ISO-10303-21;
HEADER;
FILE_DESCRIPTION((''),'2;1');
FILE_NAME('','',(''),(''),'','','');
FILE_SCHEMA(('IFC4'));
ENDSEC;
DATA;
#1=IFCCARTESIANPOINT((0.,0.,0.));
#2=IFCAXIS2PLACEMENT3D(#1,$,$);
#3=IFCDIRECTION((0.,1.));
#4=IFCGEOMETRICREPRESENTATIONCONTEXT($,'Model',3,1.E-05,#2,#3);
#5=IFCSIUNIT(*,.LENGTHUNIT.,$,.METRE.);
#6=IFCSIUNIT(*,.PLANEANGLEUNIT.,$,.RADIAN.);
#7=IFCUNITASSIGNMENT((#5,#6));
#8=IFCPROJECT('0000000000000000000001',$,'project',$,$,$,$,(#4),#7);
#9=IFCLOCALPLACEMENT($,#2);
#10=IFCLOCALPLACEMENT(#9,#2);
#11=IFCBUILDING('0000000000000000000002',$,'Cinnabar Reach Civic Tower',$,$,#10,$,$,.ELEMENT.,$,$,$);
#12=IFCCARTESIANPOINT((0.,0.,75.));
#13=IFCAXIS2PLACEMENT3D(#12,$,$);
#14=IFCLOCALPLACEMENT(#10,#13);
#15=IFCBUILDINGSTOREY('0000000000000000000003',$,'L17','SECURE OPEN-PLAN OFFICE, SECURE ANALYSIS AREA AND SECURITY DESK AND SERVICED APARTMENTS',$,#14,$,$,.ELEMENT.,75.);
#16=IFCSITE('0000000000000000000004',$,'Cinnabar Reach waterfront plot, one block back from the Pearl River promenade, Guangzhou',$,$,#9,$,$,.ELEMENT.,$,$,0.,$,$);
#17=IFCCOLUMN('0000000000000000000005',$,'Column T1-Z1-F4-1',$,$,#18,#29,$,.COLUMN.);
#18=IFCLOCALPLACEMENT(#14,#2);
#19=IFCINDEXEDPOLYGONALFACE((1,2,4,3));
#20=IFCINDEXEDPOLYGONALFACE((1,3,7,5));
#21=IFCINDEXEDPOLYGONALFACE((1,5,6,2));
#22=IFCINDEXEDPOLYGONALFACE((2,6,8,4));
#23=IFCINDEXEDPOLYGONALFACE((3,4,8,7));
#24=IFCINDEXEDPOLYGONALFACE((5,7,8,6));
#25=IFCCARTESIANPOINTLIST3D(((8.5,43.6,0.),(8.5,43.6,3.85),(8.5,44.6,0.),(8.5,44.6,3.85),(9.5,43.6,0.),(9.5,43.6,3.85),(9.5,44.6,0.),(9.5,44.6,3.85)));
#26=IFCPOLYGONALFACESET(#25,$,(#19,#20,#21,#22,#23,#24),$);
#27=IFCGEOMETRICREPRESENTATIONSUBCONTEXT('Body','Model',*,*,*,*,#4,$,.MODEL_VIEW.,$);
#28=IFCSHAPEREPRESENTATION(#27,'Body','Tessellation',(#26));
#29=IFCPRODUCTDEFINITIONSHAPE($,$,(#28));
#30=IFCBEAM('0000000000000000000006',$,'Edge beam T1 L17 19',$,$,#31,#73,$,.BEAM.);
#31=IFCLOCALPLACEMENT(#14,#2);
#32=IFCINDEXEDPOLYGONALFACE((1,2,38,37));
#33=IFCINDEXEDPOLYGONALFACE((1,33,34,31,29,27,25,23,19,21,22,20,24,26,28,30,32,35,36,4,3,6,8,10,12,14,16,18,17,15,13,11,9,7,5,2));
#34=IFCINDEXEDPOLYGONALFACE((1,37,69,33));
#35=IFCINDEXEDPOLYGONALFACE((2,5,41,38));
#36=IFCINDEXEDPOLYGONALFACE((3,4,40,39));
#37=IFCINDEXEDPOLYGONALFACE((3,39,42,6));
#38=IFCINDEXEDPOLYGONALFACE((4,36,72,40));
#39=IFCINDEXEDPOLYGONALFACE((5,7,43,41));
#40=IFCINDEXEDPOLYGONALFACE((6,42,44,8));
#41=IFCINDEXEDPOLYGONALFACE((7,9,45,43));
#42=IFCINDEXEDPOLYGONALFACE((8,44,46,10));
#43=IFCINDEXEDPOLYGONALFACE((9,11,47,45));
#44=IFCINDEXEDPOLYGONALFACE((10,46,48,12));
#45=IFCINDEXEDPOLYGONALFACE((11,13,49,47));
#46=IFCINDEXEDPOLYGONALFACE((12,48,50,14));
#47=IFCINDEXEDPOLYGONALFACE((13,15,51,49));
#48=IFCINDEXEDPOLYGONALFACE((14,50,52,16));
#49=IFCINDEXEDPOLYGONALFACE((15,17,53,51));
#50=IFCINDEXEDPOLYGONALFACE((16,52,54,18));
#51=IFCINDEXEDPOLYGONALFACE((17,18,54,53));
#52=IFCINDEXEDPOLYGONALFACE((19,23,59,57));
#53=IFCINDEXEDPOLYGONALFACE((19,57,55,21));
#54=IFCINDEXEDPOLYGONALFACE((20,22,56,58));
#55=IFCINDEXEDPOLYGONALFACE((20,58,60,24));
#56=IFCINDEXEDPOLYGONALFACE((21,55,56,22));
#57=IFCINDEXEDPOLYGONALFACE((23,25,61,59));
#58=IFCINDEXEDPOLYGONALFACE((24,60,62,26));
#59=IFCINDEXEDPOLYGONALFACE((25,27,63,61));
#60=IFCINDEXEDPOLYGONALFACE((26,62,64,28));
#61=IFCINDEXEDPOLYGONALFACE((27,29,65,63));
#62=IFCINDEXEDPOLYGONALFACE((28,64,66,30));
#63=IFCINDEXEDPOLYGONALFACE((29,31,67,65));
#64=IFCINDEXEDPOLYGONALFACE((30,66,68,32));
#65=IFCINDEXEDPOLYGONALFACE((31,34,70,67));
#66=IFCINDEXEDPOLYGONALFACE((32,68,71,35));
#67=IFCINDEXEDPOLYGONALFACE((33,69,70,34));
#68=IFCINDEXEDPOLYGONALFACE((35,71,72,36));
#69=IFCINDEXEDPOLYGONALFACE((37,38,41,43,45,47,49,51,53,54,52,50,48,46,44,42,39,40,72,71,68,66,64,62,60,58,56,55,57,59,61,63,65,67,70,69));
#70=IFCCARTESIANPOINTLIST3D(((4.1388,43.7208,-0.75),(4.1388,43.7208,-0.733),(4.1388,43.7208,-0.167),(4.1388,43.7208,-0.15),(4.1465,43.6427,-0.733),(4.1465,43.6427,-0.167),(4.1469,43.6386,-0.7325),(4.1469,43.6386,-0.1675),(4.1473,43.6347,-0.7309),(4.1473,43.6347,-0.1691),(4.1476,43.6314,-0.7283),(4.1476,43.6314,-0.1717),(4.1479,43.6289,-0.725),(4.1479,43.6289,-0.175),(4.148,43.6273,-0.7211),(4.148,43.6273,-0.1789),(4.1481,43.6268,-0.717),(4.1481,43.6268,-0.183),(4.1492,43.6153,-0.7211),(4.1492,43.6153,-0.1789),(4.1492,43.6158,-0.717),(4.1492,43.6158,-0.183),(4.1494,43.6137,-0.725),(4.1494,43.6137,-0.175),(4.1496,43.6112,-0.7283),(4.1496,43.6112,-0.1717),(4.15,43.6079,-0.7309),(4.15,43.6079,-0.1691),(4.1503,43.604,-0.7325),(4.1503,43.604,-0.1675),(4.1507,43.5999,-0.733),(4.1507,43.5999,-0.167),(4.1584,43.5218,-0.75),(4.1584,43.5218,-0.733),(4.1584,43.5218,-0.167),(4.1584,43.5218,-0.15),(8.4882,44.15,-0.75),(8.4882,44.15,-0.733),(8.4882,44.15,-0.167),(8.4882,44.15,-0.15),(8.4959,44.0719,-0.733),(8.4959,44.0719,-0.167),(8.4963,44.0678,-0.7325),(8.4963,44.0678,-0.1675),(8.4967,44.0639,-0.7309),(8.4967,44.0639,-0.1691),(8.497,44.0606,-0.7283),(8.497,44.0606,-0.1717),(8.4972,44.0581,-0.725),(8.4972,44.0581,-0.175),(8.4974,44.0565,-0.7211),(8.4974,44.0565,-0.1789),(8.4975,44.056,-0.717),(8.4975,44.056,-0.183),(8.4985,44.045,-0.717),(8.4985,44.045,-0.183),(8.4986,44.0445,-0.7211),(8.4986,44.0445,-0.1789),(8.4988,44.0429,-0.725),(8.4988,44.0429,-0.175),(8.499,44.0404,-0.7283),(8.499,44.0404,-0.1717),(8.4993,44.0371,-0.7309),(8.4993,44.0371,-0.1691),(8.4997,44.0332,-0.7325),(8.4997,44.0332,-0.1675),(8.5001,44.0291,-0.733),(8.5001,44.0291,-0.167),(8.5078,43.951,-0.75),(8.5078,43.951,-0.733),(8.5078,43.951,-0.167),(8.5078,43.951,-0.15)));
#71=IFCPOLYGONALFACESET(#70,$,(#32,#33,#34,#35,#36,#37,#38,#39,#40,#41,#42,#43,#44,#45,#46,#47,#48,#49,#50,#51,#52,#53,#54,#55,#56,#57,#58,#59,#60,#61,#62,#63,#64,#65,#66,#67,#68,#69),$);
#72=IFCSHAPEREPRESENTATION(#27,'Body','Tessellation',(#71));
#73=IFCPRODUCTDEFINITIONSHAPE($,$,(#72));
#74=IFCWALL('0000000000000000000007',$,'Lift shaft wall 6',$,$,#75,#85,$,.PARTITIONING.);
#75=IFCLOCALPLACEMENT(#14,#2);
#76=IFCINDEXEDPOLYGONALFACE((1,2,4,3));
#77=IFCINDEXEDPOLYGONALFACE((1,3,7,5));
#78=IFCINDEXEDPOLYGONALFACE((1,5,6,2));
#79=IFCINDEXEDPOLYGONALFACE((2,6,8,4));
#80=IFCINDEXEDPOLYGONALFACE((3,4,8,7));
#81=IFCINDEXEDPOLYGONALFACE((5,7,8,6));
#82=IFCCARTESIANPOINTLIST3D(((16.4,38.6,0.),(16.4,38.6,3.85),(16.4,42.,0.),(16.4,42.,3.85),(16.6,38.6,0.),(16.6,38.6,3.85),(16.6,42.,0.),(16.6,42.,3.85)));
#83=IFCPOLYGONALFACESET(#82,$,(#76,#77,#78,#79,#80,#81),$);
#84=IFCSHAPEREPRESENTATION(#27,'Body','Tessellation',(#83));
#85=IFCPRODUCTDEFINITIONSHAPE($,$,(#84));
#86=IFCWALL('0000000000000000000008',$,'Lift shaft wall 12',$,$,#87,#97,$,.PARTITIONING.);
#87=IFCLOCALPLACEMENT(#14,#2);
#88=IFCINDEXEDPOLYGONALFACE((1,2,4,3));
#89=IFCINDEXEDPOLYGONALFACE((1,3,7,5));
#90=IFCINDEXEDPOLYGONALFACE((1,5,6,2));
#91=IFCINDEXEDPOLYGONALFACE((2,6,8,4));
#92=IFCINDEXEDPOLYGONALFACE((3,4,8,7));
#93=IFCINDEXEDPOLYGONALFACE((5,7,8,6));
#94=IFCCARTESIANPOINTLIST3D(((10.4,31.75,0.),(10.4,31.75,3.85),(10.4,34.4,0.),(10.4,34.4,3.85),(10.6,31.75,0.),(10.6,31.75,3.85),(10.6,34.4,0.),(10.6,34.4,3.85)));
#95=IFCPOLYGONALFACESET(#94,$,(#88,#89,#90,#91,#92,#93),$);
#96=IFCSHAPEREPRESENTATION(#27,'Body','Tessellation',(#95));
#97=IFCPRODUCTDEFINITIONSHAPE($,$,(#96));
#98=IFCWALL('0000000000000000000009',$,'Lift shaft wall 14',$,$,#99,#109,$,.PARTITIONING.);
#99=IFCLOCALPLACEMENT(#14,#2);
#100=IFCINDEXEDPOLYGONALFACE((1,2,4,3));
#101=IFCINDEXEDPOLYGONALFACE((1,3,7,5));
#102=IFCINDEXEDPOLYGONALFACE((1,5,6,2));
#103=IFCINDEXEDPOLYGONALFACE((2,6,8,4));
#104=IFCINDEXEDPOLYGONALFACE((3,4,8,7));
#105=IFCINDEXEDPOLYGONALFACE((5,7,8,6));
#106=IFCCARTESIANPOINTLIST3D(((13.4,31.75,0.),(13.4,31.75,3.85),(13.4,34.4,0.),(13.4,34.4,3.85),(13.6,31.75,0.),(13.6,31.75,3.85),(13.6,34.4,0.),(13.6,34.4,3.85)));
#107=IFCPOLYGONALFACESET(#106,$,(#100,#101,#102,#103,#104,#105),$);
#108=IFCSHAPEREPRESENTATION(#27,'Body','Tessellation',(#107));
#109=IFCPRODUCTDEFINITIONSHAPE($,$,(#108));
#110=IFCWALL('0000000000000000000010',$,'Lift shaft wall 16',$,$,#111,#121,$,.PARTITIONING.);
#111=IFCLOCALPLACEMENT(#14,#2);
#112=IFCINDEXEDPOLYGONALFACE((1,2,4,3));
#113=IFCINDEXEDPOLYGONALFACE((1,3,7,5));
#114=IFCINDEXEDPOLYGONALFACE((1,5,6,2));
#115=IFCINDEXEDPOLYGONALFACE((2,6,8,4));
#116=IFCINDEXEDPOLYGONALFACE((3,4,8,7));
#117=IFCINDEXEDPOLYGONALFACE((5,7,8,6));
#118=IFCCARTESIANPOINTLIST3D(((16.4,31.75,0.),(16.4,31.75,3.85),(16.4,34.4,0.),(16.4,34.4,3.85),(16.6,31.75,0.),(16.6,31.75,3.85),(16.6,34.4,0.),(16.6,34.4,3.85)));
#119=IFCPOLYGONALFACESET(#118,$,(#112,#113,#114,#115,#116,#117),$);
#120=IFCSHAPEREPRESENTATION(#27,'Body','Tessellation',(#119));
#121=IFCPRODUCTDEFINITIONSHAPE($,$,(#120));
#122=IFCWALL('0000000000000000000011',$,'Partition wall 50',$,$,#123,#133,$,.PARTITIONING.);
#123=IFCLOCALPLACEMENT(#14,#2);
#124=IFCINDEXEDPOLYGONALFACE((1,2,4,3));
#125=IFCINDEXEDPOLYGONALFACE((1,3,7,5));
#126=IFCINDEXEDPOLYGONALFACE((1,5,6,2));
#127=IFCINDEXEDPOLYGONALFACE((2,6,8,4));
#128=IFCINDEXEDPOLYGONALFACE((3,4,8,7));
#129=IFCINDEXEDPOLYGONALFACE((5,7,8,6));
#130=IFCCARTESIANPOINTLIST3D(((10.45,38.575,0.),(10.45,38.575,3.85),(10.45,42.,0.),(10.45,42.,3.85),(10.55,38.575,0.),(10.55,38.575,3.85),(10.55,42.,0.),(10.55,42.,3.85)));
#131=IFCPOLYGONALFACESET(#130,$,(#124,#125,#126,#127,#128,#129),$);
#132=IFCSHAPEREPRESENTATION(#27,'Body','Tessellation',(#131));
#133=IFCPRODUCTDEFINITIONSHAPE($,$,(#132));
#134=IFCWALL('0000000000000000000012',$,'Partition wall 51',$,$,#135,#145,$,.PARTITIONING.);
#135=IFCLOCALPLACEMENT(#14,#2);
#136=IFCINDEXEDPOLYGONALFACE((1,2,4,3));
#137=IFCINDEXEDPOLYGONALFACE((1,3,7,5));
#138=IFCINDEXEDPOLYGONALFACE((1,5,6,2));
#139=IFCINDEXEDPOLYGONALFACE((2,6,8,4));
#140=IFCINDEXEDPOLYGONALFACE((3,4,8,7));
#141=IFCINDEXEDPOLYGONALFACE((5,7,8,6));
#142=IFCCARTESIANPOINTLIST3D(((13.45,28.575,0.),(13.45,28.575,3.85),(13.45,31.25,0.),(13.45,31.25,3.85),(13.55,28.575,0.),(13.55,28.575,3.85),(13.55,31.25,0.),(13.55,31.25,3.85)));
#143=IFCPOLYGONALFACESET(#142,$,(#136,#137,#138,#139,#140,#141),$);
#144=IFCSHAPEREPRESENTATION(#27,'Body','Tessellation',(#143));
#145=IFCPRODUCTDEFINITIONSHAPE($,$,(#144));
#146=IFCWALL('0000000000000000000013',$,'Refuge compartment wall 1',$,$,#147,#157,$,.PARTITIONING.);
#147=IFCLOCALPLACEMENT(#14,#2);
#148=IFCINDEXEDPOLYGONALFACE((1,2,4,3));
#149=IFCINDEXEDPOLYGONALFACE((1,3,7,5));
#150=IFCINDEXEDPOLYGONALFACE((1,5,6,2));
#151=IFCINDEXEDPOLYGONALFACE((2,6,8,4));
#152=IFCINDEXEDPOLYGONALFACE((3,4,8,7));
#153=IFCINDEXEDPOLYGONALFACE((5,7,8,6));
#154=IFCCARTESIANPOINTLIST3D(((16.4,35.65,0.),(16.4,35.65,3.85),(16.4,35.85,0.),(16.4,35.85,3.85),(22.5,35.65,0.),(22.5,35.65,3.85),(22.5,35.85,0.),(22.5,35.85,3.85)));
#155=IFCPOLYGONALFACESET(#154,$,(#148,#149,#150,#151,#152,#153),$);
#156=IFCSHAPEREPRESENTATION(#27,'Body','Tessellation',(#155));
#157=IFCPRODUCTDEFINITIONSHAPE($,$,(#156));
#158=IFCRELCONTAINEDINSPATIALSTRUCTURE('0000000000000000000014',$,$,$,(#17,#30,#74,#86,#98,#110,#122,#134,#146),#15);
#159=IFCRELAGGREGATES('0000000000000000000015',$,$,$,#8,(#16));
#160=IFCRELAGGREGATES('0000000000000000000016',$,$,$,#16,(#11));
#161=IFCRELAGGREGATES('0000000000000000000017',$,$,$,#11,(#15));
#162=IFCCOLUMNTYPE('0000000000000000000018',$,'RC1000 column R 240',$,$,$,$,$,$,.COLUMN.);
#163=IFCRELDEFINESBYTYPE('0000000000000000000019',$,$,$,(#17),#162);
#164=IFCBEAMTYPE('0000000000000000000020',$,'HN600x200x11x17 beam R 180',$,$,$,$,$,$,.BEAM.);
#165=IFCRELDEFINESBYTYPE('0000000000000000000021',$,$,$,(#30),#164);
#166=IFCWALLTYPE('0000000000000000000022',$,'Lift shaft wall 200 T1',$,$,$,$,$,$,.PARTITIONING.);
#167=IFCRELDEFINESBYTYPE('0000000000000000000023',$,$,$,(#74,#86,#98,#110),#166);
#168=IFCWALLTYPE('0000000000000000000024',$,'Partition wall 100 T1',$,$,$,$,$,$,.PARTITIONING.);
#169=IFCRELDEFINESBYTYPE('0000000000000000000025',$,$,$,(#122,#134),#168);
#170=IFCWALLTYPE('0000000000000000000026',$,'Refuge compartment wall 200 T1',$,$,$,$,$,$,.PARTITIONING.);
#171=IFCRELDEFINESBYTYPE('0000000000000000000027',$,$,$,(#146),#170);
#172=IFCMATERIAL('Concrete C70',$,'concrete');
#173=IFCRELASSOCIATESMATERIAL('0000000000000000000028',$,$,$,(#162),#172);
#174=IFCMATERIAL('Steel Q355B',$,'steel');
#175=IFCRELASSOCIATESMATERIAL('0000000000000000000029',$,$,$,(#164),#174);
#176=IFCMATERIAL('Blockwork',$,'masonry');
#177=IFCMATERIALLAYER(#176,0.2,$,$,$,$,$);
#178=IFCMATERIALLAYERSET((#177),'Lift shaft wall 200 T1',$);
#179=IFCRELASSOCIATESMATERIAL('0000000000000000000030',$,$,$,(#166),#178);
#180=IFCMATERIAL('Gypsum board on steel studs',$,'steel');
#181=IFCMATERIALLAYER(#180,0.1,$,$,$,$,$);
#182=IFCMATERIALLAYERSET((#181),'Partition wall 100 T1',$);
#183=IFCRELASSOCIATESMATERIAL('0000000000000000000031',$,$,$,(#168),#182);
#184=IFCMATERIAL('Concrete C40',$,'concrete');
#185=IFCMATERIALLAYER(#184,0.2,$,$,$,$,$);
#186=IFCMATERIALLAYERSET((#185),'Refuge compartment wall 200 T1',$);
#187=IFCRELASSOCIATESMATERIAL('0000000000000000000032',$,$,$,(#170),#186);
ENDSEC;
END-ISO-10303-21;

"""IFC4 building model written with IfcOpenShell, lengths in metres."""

from ifc_helpers import new_model, si_unit, direction, frame, frame_2d, origin, origin_2d, place, context, subcontext, project, spatial, rectangle, i_section, extrude, material, layer, layer_set, material_profile, profile_set, type_object, element, save


model = new_model("IFC4")

# Units and contexts
model_context = context("Model", 3, precision=1e-05, world=origin(), true_north=direction((0.0, 1.0)))
body_context = subcontext(model_context, "Body", "Model", "MODEL_VIEW")
ifc_project = project(units=[si_unit("LENGTHUNIT", "METRE"), si_unit("PLANEANGLEUNIT", "RADIAN")], contexts=[model_context])

# Site, building, storey
site_placement = place(None, origin())
site = spatial("IfcSite", under=ifc_project, at=site_placement, Name="Cinnabar Reach waterfront plot, one block back from the Pearl River promenade, Guangzhou", CompositionType="ELEMENT", RefElevation=0.0)
building_placement = place(site_placement, origin())
building = spatial("IfcBuilding", under=site, at=building_placement, Name="Cinnabar Reach Civic Tower", CompositionType="ELEMENT")
storey_placement = place(building_placement, frame((0.0, 0.0, 75.0)))
storey = spatial("IfcBuildingStorey", under=building, at=storey_placement, Name="L17", Description="SECURE OPEN-PLAN OFFICE, SECURE ANALYSIS AREA AND SECURITY DESK AND SERVICED APARTMENTS", CompositionType="ELEMENT", Elevation=75.0)

# Column
ifc_material_1 = material(Name="Concrete C70", Category="concrete")
ifc_material_profile_1 = material_profile(ifc_material_1, rectangle(XDim=1.0, YDim=1.0, at=origin_2d()), Name="RC1000")
ifc_profile_set_1 = profile_set([ifc_material_profile_1], Name="Concrete C70")
column_type = type_object("IfcColumnType", Name="RC1000 column R 240", PredefinedType="COLUMN", material=ifc_profile_set_1)
column_placement = place(storey_placement, frame((9.0, 44.1, 0.0), z_axis=(0.0, 0.0, 1.0), x_axis=(1.0, 0.0, 0.0)))
element("IfcColumn", 1, at=column_placement, inside=storey, type_object=column_type, Name="Column T1-Z1-F4-1", PredefinedType="COLUMN", context=body_context, shape_type="SweptSolid", body=[
    extrude(rectangle(XDim=1.0, YDim=1.0, at=origin_2d()), origin(), (0.0, 0.0, 1.0), 3.85),
])

# Beam
ifc_material_2 = material(Name="Steel Q355B", Category="steel")
ifc_material_profile_2 = material_profile(ifc_material_2, i_section(OverallWidth=0.2, OverallDepth=0.6, WebThickness=0.011, FlangeThickness=0.017, FilletRadius=0.016, at=origin_2d()), Name="HN600x200x11x17")
ifc_profile_set_2 = profile_set([ifc_material_profile_2], Name="Steel Q355B")
beam_type = type_object("IfcBeamType", Name="HN600x200x11x17 beam R 180", PredefinedType="BEAM", material=ifc_profile_set_2)
beam_placement = place(storey_placement, frame((8.498, 44.0505, -0.45), z_axis=(-0.995166, -0.098203, 0.0), x_axis=(0.098203, -0.995166, 0.0)))
element("IfcBeam", 2, at=beam_placement, inside=storey, type_object=beam_type, Name="Edge beam T1 L17 19", PredefinedType="BEAM", context=body_context, shape_type="SweptSolid", body=[
    extrude(i_section(OverallWidth=0.2, OverallDepth=0.6, WebThickness=0.011, FlangeThickness=0.017, FilletRadius=0.016, at=origin_2d()), origin(), (0.0, 0.0, 1.0), 4.3705),
])

# Walls
ifc_material_3 = material(Name="Blockwork", Category="masonry")
ifc_layer_1 = layer(ifc_material_3, 0.2)
ifc_layer_set_1 = layer_set([ifc_layer_1], Name="Lift shaft wall 200 T1")
wall_type_1 = type_object("IfcWallType", Name="Lift shaft wall 200 T1", PredefinedType="PARTITIONING", material=ifc_layer_set_1)
wall_1_placement = place(storey_placement, frame((16.5, 38.6, 0.0), z_axis=(0.0, 0.0, 1.0), x_axis=(0.0, 1.0, 0.0)))
element("IfcWall", 3, at=wall_1_placement, inside=storey, type_object=wall_type_1, Name="Lift shaft wall 6", PredefinedType="PARTITIONING", context=body_context, shape_type="SweptSolid", body=[
    extrude(rectangle(XDim=3.4, YDim=0.2, at=frame_2d((1.7, 0.0))), origin(), (0.0, 0.0, 1.0), 3.85),
])
for number, where, z_axis, x_axis, name in (
    (4, (10.5, 31.75, 0.0), (0.0, 0.0, 1.0), (0.0, 1.0, 0.0), "Lift shaft wall 12"),
    (5, (13.5, 31.75, 0.0), (0.0, 0.0, 1.0), (0.0, 1.0, 0.0), "Lift shaft wall 14"),
    (6, (16.5, 31.75, 0.0), (0.0, 0.0, 1.0), (0.0, 1.0, 0.0), "Lift shaft wall 16"),
):
    element("IfcWall", number, at=place(storey_placement, frame(where, z_axis=z_axis, x_axis=x_axis)), inside=storey, type_object=wall_type_1, Name=name, PredefinedType="PARTITIONING", context=body_context, shape_type="SweptSolid", body=[
        extrude(rectangle(XDim=2.65, YDim=0.2, at=frame_2d((1.325, 0.0))), origin(), (0.0, 0.0, 1.0), 3.85),
    ])
ifc_material_4 = material(Name="Gypsum board on steel studs", Category="steel")
ifc_layer_2 = layer(ifc_material_4, 0.1)
ifc_layer_set_2 = layer_set([ifc_layer_2], Name="Partition wall 100 T1")
wall_type_2 = type_object("IfcWallType", Name="Partition wall 100 T1", PredefinedType="PARTITIONING", material=ifc_layer_set_2)
wall_2_placement = place(storey_placement, frame((10.5, 38.575, 0.0), z_axis=(0.0, 0.0, 1.0), x_axis=(0.0, 1.0, 0.0)))
element("IfcWall", 7, at=wall_2_placement, inside=storey, type_object=wall_type_2, Name="Partition wall 50", PredefinedType="PARTITIONING", context=body_context, shape_type="SweptSolid", body=[
    extrude(rectangle(XDim=3.425, YDim=0.1, at=frame_2d((1.7125, 0.0))), origin(), (0.0, 0.0, 1.0), 3.85),
])
wall_3_placement = place(storey_placement, frame((13.5, 28.575, 0.0), z_axis=(0.0, 0.0, 1.0), x_axis=(0.0, 1.0, 0.0)))
element("IfcWall", 8, at=wall_3_placement, inside=storey, type_object=wall_type_2, Name="Partition wall 51", PredefinedType="PARTITIONING", context=body_context, shape_type="SweptSolid", body=[
    extrude(rectangle(XDim=2.675, YDim=0.1, at=frame_2d((1.3375, 0.0))), origin(), (0.0, 0.0, 1.0), 3.85),
])
ifc_material_5 = material(Name="Concrete C40", Category="concrete")
ifc_layer_3 = layer(ifc_material_5, 0.2)
ifc_layer_set_3 = layer_set([ifc_layer_3], Name="Refuge compartment wall 200 T1")
wall_type_3 = type_object("IfcWallType", Name="Refuge compartment wall 200 T1", PredefinedType="PARTITIONING", material=ifc_layer_set_3)
wall_4_placement = place(storey_placement, frame((16.4, 35.75, 0.0), z_axis=(0.0, 0.0, 1.0), x_axis=(1.0, 0.0, 0.0)))
element("IfcWall", 9, at=wall_4_placement, inside=storey, type_object=wall_type_3, Name="Refuge compartment wall 1", PredefinedType="PARTITIONING", context=body_context, shape_type="SweptSolid", body=[
    extrude(rectangle(XDim=6.1, YDim=0.2, at=frame_2d((3.05, 0.0))), origin(), (0.0, 0.0, 1.0), 3.85),
])

save(model, "model.ifc")
